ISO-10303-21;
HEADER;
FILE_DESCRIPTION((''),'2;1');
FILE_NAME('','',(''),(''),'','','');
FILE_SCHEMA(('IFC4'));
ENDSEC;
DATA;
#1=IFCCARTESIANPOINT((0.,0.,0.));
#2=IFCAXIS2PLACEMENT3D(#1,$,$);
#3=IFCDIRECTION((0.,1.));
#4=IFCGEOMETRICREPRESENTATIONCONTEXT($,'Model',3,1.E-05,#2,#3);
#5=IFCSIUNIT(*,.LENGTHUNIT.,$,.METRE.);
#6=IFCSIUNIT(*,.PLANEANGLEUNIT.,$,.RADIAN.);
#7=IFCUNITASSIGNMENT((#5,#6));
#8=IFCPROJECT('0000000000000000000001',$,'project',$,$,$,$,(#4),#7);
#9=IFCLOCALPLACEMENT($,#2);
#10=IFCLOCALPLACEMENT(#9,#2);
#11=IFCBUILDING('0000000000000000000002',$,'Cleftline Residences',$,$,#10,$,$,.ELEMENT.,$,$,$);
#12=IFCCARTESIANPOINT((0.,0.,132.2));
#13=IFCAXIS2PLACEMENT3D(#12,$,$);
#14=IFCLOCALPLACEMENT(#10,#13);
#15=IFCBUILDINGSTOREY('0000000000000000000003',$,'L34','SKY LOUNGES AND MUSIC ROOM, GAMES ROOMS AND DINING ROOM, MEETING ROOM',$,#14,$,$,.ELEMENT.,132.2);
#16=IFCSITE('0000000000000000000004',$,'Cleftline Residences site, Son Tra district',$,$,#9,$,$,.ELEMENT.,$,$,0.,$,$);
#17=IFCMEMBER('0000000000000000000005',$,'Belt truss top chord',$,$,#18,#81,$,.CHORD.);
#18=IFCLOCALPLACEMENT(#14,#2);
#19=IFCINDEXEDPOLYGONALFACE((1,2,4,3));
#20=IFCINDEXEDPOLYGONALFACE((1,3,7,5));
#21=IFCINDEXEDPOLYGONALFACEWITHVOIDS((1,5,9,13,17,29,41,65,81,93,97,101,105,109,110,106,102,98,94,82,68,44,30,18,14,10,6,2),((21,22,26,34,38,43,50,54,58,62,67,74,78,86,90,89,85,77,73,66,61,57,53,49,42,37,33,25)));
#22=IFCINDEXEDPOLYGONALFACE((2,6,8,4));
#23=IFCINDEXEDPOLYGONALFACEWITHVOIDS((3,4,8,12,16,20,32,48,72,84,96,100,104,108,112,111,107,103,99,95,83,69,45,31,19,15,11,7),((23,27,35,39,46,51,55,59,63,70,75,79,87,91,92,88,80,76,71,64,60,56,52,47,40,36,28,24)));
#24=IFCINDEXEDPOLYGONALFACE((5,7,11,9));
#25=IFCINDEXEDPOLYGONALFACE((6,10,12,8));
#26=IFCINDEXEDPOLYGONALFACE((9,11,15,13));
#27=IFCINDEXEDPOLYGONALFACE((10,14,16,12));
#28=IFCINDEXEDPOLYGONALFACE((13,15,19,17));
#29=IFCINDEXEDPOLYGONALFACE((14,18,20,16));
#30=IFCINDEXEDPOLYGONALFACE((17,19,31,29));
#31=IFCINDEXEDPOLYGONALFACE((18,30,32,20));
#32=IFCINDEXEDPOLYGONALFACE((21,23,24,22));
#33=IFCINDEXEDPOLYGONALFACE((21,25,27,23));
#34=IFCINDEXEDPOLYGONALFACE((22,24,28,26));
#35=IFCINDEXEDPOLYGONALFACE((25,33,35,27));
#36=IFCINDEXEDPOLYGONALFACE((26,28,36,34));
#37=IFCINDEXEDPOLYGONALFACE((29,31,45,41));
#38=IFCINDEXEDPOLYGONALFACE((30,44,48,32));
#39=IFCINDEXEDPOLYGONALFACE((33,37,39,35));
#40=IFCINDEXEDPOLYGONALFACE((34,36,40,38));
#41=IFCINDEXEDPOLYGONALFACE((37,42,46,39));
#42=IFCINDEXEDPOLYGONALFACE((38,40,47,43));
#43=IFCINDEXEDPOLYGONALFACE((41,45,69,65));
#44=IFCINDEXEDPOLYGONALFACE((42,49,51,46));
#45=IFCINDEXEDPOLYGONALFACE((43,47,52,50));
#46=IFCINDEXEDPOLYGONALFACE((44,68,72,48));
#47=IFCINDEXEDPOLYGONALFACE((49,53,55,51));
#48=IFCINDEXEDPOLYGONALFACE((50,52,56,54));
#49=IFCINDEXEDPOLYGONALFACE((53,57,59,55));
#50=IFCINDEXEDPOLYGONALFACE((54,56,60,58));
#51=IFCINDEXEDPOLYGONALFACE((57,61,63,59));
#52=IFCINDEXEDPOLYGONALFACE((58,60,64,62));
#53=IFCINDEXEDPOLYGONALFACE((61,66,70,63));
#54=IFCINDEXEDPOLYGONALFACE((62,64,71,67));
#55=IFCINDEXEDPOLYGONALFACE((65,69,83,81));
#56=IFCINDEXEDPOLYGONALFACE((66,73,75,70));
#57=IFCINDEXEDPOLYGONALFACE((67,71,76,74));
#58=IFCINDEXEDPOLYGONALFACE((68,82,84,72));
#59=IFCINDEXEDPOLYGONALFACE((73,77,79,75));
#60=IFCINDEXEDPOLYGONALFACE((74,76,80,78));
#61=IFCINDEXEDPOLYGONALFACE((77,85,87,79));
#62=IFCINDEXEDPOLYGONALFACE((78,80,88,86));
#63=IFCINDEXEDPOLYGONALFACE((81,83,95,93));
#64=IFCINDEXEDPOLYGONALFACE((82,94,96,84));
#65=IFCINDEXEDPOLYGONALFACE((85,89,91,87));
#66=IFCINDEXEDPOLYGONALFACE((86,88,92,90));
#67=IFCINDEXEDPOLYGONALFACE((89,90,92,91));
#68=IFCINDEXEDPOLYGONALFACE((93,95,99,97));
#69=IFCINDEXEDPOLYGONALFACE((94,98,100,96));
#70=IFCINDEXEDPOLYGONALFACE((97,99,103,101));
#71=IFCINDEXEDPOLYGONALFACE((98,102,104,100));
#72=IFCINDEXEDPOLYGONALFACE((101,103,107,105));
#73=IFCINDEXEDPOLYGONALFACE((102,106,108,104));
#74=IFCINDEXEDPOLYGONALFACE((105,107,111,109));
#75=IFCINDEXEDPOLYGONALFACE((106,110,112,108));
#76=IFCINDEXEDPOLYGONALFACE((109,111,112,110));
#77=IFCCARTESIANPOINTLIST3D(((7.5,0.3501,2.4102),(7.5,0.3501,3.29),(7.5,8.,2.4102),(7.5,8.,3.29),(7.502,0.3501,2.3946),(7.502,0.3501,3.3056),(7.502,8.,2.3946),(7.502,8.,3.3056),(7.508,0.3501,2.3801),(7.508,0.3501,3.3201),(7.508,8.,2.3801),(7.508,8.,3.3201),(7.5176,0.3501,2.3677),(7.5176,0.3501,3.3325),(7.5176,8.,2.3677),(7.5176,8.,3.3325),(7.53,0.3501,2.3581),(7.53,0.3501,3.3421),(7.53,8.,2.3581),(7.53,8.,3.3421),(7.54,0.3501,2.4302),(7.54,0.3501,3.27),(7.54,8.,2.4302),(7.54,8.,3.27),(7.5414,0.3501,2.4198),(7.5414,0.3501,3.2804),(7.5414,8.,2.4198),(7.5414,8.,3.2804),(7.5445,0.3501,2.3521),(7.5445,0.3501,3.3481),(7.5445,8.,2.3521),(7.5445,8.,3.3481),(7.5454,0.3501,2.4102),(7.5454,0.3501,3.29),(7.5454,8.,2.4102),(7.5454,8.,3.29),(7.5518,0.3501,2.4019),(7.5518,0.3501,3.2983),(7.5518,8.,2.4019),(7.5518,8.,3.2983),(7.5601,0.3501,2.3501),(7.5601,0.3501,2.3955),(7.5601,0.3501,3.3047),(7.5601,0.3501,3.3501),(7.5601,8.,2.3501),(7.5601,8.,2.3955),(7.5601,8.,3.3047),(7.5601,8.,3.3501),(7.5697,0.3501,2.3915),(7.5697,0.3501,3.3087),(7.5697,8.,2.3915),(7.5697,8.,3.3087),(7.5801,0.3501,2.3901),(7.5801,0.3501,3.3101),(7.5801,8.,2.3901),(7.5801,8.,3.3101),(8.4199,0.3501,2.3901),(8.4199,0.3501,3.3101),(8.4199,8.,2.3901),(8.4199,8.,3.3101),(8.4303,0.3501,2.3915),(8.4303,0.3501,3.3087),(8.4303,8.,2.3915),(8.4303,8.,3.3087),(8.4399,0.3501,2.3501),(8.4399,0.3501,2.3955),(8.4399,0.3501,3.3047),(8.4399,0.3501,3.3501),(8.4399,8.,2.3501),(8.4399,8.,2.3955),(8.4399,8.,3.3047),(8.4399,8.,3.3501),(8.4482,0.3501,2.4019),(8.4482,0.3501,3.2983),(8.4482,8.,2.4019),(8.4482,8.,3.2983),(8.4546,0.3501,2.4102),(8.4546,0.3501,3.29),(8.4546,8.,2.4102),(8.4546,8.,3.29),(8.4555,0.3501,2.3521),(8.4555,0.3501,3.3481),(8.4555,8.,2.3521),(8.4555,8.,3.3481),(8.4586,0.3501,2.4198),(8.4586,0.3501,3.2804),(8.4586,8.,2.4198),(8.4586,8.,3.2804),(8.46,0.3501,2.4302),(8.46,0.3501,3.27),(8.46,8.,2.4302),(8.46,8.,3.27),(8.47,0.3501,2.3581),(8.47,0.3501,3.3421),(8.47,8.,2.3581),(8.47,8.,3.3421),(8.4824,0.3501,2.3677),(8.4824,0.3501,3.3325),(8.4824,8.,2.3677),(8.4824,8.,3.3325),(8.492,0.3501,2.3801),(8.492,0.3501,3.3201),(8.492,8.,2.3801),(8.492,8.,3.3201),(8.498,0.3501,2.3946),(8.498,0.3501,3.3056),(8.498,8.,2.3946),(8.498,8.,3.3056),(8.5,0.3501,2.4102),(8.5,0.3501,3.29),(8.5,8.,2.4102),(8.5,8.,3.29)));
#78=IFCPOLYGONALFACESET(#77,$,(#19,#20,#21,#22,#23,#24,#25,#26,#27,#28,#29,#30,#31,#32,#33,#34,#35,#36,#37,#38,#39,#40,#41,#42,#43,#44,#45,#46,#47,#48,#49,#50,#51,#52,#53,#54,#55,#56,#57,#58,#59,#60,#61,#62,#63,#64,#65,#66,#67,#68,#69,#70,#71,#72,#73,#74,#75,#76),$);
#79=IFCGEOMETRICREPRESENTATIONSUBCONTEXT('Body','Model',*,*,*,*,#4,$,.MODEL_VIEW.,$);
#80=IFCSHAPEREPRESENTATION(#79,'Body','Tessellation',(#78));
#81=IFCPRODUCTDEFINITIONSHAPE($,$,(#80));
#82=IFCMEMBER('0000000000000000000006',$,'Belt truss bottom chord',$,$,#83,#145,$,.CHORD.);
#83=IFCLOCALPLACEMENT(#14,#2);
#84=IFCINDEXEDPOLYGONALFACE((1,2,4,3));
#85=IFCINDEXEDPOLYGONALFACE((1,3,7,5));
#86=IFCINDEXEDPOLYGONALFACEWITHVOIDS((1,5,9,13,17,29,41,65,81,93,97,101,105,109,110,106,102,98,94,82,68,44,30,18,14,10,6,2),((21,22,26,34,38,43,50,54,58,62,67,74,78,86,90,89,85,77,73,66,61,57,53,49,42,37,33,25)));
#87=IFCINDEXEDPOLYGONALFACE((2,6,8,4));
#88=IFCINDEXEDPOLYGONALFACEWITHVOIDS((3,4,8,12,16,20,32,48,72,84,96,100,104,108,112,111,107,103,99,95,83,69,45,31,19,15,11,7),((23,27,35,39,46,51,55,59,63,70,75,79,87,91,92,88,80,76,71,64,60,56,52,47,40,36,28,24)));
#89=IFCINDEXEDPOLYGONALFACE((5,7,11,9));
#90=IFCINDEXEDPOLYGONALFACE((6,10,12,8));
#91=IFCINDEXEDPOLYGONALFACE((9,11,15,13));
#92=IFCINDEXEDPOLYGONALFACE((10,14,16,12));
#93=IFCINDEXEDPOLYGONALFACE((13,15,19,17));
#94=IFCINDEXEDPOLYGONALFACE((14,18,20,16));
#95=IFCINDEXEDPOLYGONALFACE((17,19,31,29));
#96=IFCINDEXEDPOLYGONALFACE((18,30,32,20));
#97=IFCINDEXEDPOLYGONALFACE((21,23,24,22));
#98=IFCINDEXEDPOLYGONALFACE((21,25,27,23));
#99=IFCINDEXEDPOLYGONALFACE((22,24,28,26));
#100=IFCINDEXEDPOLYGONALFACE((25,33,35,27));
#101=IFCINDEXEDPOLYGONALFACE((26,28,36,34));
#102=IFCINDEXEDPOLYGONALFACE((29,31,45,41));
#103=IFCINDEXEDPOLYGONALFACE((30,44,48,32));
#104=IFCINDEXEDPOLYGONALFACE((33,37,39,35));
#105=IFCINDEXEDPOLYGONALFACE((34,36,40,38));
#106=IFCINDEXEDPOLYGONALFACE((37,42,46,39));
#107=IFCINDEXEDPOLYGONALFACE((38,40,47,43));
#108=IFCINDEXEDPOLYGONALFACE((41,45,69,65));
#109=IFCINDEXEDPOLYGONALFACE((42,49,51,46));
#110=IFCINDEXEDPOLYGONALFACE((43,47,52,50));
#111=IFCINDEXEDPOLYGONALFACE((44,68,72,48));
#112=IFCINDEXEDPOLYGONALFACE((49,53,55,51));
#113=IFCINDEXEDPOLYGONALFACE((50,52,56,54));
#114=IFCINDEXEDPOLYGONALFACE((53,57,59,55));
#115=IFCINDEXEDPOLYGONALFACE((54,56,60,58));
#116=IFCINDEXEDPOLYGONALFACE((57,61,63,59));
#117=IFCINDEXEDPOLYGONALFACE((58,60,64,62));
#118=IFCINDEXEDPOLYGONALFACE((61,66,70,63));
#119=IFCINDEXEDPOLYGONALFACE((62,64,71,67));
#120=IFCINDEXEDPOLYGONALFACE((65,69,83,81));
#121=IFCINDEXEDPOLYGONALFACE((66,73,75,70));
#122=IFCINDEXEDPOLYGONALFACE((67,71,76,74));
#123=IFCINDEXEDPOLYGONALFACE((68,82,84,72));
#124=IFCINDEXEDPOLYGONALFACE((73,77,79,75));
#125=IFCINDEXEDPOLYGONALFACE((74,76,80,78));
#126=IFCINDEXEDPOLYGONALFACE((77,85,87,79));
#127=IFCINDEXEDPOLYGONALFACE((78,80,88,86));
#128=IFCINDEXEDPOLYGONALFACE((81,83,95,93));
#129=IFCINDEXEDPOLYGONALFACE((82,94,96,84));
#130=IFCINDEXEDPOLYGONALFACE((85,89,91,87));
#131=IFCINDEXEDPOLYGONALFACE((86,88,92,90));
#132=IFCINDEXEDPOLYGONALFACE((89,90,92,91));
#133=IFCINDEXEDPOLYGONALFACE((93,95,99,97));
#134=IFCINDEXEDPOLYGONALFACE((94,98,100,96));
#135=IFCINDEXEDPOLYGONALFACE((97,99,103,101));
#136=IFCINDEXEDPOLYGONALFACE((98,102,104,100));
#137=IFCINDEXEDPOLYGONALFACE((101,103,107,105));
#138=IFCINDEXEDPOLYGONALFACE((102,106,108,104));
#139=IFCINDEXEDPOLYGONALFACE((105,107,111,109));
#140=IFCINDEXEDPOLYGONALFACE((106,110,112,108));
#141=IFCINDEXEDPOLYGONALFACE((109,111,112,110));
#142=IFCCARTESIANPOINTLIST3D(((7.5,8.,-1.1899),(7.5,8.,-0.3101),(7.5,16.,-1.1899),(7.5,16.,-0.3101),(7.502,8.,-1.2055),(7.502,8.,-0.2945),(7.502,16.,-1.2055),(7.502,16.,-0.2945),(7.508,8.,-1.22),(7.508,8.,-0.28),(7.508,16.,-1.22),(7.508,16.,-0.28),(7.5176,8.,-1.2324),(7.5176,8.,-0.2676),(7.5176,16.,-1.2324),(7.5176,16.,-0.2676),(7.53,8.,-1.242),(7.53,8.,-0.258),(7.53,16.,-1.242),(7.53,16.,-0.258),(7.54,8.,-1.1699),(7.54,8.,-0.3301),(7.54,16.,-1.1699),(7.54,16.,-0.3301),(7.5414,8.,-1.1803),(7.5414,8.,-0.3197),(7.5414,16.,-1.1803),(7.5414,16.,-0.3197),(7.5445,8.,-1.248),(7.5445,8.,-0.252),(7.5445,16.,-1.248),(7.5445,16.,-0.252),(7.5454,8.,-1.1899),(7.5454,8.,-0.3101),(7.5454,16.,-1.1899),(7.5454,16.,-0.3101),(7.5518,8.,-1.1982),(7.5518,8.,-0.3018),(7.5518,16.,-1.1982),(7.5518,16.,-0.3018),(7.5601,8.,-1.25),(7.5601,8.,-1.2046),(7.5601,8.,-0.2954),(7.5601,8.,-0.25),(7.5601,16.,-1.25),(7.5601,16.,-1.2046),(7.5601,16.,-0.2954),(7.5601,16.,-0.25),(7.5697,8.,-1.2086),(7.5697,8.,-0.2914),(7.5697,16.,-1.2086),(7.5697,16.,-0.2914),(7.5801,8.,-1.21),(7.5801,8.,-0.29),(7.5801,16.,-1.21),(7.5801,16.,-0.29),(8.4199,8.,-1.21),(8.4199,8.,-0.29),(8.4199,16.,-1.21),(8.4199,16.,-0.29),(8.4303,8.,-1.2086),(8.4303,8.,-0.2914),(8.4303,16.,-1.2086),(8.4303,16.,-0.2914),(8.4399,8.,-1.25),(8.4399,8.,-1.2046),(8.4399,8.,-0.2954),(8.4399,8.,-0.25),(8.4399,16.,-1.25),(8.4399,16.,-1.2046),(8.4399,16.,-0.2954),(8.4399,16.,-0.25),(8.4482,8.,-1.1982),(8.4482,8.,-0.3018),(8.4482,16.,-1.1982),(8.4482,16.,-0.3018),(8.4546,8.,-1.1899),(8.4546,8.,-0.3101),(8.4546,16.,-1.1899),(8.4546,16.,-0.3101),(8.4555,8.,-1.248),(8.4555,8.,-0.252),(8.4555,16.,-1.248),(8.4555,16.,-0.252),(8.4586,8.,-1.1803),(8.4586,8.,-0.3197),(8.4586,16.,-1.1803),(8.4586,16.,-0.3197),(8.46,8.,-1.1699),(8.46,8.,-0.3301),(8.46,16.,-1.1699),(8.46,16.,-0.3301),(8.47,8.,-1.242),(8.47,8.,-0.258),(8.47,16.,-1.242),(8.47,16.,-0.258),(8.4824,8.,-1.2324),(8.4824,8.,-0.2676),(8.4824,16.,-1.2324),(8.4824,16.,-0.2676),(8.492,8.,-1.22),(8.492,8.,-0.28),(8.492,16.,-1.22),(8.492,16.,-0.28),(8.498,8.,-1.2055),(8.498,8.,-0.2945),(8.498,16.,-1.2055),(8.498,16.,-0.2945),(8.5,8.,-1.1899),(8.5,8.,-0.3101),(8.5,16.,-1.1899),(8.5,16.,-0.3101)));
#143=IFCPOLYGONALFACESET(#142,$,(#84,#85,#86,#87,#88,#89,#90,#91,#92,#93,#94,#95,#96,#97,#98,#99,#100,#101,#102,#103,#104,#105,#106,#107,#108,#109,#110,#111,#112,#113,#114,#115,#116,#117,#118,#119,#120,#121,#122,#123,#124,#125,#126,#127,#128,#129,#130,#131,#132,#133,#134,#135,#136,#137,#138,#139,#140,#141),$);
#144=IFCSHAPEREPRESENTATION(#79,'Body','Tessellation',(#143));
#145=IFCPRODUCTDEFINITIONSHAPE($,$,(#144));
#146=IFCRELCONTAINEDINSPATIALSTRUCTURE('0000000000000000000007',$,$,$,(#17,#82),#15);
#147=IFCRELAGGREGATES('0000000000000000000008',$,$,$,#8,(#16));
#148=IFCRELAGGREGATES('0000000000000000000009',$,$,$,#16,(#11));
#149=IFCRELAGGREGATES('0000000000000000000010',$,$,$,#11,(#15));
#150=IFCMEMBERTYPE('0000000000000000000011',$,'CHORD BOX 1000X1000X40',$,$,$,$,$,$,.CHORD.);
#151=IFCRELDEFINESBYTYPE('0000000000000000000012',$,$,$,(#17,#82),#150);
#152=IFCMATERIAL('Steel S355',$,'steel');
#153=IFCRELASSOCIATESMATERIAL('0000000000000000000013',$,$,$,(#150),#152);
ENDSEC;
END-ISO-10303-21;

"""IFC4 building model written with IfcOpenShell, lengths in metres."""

from ifc_helpers import new_model, si_unit, direction, frame, origin, origin_2d, place, context, subcontext, project, spatial, hollow_rectangle, extrude, material, material_profile, profile_set, type_object, element, save


model = new_model("IFC4")

# Units and contexts
model_context = context("Model", 3, precision=1e-05, world=origin(), true_north=direction((0.0, 1.0)))
body_context = subcontext(model_context, "Body", "Model", "MODEL_VIEW")
ifc_project = project(units=[si_unit("LENGTHUNIT", "METRE"), si_unit("PLANEANGLEUNIT", "RADIAN")], contexts=[model_context])

# Site, building, storey
site_placement = place(None, origin())
site = spatial("IfcSite", under=ifc_project, at=site_placement, Name="Cleftline Residences site, Son Tra district", CompositionType="ELEMENT", RefElevation=0.0)
building_placement = place(site_placement, origin())
building = spatial("IfcBuilding", under=site, at=building_placement, Name="Cleftline Residences", CompositionType="ELEMENT")
storey_placement = place(building_placement, frame((0.0, 0.0, 132.2)))
storey = spatial("IfcBuildingStorey", under=building, at=storey_placement, Name="L34", Description="SKY LOUNGES AND MUSIC ROOM, GAMES ROOMS AND DINING ROOM, MEETING ROOM", CompositionType="ELEMENT", Elevation=132.2)

# Members
ifc_material_1 = material(Name="Steel S355", Category="steel")
ifc_material_profile_1 = material_profile(ifc_material_1, hollow_rectangle(XDim=1.0, YDim=1.0, WallThickness=0.04, InnerFilletRadius=0.04, OuterFilletRadius=0.0601, at=origin_2d()))
ifc_profile_set_1 = profile_set([ifc_material_profile_1], Name="Steel S355")
member_type_1 = type_object("IfcMemberType", Name="CHORD BOX 1000X1000X40", PredefinedType="CHORD", material=ifc_profile_set_1)
for number, where, z_axis, x_axis, name in (
    (1, (8.0, 0.3501, 2.8501), (0.0, 1.0, 0.0), (-1.0, 0.0, 0.0), "Belt truss top chord"),
):
    element("IfcMember", number, at=place(storey_placement, frame(where, z_axis=z_axis, x_axis=x_axis)), inside=storey, type_object=member_type_1, Name=name, PredefinedType="CHORD", context=body_context, shape_type="SweptSolid", body=[
        extrude(hollow_rectangle(XDim=1.0, YDim=1.0, WallThickness=0.04, InnerFilletRadius=0.04, OuterFilletRadius=0.0601, at=origin_2d()), origin(), (0.0, 0.0, 1.0), 7.6499),
    ])
for number, where, z_axis, x_axis, name in (
    (2, (8.0, 8.0, -0.75), (0.0, 1.0, 0.0), (-1.0, 0.0, 0.0), "Belt truss bottom chord"),
):
    element("IfcMember", number, at=place(storey_placement, frame(where, z_axis=z_axis, x_axis=x_axis)), inside=storey, type_object=member_type_1, Name=name, PredefinedType="CHORD", context=body_context, shape_type="SweptSolid", body=[
        extrude(hollow_rectangle(XDim=1.0, YDim=1.0, WallThickness=0.04, InnerFilletRadius=0.04, OuterFilletRadius=0.0601, at=origin_2d()), origin(), (0.0, 0.0, 1.0), 8.0),
    ])

save(model, "model.ifc")
